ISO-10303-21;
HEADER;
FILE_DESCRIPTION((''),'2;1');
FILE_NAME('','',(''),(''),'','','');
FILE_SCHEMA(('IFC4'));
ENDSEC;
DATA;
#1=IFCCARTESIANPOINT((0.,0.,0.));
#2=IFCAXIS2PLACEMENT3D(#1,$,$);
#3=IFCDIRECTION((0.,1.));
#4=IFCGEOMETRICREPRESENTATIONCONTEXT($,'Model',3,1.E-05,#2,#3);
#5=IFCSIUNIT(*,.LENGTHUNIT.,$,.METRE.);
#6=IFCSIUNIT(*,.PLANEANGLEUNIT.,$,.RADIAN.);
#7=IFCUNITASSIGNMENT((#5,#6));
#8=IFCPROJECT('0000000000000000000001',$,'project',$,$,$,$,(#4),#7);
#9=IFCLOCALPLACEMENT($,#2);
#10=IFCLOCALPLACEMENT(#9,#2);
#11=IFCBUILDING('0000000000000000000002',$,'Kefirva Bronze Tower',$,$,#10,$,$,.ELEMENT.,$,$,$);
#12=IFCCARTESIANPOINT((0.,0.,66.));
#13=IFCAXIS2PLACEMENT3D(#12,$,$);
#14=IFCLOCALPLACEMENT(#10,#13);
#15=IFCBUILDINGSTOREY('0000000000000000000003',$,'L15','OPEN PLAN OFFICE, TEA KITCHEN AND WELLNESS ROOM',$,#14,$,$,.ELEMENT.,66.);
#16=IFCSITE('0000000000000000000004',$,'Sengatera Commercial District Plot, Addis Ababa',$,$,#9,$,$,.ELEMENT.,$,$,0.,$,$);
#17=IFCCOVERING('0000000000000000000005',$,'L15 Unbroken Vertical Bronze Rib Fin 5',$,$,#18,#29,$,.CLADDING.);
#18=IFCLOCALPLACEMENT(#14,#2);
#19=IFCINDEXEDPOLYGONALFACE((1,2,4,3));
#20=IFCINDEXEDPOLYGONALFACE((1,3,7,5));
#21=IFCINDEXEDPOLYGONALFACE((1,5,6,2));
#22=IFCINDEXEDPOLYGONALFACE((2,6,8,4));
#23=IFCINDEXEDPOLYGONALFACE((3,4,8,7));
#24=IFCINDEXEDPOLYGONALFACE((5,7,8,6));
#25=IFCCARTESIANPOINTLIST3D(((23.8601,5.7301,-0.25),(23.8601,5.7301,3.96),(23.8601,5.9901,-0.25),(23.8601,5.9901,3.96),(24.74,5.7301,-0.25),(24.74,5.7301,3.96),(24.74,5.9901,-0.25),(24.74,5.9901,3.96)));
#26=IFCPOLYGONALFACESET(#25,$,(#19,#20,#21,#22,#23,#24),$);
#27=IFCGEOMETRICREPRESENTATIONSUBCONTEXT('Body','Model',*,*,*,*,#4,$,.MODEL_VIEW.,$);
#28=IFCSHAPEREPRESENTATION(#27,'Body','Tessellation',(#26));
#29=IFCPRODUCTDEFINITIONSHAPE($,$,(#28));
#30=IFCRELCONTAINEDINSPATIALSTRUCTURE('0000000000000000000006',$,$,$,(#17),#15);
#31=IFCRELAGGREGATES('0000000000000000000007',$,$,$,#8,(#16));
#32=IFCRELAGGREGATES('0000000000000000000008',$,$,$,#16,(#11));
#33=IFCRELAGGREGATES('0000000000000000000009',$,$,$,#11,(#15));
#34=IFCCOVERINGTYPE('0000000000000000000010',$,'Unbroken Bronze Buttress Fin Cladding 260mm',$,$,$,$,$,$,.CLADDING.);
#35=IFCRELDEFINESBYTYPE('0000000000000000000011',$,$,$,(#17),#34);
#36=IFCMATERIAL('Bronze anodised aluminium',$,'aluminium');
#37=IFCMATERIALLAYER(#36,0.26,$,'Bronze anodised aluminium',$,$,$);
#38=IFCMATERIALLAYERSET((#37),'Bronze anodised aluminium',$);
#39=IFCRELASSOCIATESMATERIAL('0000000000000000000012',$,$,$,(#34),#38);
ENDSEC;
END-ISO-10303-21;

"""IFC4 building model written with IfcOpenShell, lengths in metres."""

from ifc_helpers import new_model, si_unit, direction, frame, origin, origin_2d, place, context, subcontext, project, spatial, rectangle, extrude, material, layer, layer_set, type_object, element, save


model = new_model("IFC4")

# Units and contexts
model_context = context("Model", 3, precision=1e-05, world=origin(), true_north=direction((0.0, 1.0)))
body_context = subcontext(model_context, "Body", "Model", "MODEL_VIEW")
ifc_project = project(units=[si_unit("LENGTHUNIT", "METRE"), si_unit("PLANEANGLEUNIT", "RADIAN")], contexts=[model_context])

# Site, building, storey
site_placement = place(None, origin())
site = spatial("IfcSite", under=ifc_project, at=site_placement, Name="Sengatera Commercial District Plot, Addis Ababa", CompositionType="ELEMENT", RefElevation=0.0)
building_placement = place(site_placement, origin())
building = spatial("IfcBuilding", under=site, at=building_placement, Name="Kefirva Bronze Tower", CompositionType="ELEMENT")
storey_placement = place(building_placement, frame((0.0, 0.0, 66.0)))
storey = spatial("IfcBuildingStorey", under=building, at=storey_placement, Name="L15", Description="OPEN PLAN OFFICE, TEA KITCHEN AND WELLNESS ROOM", CompositionType="ELEMENT", Elevation=66.0)

# Covering
ifc_material_1 = material(Name="Bronze anodised aluminium", Category="aluminium")
ifc_layer_1 = layer(ifc_material_1, 0.26, Name="Bronze anodised aluminium")
ifc_layer_set_1 = layer_set([ifc_layer_1], Name="Bronze anodised aluminium")
covering_type_1 = type_object("IfcCoveringType", Name="Unbroken Bronze Buttress Fin Cladding 260mm", PredefinedType="CLADDING", material=ifc_layer_set_1)
covering_1_placement = place(storey_placement, frame((24.3, 5.8601, -0.25), z_axis=(0.0, 0.0, 1.0), x_axis=(0.0, 1.0, 0.0)))
element("IfcCovering", 1, at=covering_1_placement, inside=storey, type_object=covering_type_1, Name="L15 Unbroken Vertical Bronze Rib Fin 5", PredefinedType="CLADDING", context=body_context, shape_type="SweptSolid", body=[
    extrude(rectangle(XDim=0.26, YDim=0.8799, at=origin_2d()), origin(), (0.0, 0.0, 1.0), 4.21),
])

save(model, "model.ifc")
